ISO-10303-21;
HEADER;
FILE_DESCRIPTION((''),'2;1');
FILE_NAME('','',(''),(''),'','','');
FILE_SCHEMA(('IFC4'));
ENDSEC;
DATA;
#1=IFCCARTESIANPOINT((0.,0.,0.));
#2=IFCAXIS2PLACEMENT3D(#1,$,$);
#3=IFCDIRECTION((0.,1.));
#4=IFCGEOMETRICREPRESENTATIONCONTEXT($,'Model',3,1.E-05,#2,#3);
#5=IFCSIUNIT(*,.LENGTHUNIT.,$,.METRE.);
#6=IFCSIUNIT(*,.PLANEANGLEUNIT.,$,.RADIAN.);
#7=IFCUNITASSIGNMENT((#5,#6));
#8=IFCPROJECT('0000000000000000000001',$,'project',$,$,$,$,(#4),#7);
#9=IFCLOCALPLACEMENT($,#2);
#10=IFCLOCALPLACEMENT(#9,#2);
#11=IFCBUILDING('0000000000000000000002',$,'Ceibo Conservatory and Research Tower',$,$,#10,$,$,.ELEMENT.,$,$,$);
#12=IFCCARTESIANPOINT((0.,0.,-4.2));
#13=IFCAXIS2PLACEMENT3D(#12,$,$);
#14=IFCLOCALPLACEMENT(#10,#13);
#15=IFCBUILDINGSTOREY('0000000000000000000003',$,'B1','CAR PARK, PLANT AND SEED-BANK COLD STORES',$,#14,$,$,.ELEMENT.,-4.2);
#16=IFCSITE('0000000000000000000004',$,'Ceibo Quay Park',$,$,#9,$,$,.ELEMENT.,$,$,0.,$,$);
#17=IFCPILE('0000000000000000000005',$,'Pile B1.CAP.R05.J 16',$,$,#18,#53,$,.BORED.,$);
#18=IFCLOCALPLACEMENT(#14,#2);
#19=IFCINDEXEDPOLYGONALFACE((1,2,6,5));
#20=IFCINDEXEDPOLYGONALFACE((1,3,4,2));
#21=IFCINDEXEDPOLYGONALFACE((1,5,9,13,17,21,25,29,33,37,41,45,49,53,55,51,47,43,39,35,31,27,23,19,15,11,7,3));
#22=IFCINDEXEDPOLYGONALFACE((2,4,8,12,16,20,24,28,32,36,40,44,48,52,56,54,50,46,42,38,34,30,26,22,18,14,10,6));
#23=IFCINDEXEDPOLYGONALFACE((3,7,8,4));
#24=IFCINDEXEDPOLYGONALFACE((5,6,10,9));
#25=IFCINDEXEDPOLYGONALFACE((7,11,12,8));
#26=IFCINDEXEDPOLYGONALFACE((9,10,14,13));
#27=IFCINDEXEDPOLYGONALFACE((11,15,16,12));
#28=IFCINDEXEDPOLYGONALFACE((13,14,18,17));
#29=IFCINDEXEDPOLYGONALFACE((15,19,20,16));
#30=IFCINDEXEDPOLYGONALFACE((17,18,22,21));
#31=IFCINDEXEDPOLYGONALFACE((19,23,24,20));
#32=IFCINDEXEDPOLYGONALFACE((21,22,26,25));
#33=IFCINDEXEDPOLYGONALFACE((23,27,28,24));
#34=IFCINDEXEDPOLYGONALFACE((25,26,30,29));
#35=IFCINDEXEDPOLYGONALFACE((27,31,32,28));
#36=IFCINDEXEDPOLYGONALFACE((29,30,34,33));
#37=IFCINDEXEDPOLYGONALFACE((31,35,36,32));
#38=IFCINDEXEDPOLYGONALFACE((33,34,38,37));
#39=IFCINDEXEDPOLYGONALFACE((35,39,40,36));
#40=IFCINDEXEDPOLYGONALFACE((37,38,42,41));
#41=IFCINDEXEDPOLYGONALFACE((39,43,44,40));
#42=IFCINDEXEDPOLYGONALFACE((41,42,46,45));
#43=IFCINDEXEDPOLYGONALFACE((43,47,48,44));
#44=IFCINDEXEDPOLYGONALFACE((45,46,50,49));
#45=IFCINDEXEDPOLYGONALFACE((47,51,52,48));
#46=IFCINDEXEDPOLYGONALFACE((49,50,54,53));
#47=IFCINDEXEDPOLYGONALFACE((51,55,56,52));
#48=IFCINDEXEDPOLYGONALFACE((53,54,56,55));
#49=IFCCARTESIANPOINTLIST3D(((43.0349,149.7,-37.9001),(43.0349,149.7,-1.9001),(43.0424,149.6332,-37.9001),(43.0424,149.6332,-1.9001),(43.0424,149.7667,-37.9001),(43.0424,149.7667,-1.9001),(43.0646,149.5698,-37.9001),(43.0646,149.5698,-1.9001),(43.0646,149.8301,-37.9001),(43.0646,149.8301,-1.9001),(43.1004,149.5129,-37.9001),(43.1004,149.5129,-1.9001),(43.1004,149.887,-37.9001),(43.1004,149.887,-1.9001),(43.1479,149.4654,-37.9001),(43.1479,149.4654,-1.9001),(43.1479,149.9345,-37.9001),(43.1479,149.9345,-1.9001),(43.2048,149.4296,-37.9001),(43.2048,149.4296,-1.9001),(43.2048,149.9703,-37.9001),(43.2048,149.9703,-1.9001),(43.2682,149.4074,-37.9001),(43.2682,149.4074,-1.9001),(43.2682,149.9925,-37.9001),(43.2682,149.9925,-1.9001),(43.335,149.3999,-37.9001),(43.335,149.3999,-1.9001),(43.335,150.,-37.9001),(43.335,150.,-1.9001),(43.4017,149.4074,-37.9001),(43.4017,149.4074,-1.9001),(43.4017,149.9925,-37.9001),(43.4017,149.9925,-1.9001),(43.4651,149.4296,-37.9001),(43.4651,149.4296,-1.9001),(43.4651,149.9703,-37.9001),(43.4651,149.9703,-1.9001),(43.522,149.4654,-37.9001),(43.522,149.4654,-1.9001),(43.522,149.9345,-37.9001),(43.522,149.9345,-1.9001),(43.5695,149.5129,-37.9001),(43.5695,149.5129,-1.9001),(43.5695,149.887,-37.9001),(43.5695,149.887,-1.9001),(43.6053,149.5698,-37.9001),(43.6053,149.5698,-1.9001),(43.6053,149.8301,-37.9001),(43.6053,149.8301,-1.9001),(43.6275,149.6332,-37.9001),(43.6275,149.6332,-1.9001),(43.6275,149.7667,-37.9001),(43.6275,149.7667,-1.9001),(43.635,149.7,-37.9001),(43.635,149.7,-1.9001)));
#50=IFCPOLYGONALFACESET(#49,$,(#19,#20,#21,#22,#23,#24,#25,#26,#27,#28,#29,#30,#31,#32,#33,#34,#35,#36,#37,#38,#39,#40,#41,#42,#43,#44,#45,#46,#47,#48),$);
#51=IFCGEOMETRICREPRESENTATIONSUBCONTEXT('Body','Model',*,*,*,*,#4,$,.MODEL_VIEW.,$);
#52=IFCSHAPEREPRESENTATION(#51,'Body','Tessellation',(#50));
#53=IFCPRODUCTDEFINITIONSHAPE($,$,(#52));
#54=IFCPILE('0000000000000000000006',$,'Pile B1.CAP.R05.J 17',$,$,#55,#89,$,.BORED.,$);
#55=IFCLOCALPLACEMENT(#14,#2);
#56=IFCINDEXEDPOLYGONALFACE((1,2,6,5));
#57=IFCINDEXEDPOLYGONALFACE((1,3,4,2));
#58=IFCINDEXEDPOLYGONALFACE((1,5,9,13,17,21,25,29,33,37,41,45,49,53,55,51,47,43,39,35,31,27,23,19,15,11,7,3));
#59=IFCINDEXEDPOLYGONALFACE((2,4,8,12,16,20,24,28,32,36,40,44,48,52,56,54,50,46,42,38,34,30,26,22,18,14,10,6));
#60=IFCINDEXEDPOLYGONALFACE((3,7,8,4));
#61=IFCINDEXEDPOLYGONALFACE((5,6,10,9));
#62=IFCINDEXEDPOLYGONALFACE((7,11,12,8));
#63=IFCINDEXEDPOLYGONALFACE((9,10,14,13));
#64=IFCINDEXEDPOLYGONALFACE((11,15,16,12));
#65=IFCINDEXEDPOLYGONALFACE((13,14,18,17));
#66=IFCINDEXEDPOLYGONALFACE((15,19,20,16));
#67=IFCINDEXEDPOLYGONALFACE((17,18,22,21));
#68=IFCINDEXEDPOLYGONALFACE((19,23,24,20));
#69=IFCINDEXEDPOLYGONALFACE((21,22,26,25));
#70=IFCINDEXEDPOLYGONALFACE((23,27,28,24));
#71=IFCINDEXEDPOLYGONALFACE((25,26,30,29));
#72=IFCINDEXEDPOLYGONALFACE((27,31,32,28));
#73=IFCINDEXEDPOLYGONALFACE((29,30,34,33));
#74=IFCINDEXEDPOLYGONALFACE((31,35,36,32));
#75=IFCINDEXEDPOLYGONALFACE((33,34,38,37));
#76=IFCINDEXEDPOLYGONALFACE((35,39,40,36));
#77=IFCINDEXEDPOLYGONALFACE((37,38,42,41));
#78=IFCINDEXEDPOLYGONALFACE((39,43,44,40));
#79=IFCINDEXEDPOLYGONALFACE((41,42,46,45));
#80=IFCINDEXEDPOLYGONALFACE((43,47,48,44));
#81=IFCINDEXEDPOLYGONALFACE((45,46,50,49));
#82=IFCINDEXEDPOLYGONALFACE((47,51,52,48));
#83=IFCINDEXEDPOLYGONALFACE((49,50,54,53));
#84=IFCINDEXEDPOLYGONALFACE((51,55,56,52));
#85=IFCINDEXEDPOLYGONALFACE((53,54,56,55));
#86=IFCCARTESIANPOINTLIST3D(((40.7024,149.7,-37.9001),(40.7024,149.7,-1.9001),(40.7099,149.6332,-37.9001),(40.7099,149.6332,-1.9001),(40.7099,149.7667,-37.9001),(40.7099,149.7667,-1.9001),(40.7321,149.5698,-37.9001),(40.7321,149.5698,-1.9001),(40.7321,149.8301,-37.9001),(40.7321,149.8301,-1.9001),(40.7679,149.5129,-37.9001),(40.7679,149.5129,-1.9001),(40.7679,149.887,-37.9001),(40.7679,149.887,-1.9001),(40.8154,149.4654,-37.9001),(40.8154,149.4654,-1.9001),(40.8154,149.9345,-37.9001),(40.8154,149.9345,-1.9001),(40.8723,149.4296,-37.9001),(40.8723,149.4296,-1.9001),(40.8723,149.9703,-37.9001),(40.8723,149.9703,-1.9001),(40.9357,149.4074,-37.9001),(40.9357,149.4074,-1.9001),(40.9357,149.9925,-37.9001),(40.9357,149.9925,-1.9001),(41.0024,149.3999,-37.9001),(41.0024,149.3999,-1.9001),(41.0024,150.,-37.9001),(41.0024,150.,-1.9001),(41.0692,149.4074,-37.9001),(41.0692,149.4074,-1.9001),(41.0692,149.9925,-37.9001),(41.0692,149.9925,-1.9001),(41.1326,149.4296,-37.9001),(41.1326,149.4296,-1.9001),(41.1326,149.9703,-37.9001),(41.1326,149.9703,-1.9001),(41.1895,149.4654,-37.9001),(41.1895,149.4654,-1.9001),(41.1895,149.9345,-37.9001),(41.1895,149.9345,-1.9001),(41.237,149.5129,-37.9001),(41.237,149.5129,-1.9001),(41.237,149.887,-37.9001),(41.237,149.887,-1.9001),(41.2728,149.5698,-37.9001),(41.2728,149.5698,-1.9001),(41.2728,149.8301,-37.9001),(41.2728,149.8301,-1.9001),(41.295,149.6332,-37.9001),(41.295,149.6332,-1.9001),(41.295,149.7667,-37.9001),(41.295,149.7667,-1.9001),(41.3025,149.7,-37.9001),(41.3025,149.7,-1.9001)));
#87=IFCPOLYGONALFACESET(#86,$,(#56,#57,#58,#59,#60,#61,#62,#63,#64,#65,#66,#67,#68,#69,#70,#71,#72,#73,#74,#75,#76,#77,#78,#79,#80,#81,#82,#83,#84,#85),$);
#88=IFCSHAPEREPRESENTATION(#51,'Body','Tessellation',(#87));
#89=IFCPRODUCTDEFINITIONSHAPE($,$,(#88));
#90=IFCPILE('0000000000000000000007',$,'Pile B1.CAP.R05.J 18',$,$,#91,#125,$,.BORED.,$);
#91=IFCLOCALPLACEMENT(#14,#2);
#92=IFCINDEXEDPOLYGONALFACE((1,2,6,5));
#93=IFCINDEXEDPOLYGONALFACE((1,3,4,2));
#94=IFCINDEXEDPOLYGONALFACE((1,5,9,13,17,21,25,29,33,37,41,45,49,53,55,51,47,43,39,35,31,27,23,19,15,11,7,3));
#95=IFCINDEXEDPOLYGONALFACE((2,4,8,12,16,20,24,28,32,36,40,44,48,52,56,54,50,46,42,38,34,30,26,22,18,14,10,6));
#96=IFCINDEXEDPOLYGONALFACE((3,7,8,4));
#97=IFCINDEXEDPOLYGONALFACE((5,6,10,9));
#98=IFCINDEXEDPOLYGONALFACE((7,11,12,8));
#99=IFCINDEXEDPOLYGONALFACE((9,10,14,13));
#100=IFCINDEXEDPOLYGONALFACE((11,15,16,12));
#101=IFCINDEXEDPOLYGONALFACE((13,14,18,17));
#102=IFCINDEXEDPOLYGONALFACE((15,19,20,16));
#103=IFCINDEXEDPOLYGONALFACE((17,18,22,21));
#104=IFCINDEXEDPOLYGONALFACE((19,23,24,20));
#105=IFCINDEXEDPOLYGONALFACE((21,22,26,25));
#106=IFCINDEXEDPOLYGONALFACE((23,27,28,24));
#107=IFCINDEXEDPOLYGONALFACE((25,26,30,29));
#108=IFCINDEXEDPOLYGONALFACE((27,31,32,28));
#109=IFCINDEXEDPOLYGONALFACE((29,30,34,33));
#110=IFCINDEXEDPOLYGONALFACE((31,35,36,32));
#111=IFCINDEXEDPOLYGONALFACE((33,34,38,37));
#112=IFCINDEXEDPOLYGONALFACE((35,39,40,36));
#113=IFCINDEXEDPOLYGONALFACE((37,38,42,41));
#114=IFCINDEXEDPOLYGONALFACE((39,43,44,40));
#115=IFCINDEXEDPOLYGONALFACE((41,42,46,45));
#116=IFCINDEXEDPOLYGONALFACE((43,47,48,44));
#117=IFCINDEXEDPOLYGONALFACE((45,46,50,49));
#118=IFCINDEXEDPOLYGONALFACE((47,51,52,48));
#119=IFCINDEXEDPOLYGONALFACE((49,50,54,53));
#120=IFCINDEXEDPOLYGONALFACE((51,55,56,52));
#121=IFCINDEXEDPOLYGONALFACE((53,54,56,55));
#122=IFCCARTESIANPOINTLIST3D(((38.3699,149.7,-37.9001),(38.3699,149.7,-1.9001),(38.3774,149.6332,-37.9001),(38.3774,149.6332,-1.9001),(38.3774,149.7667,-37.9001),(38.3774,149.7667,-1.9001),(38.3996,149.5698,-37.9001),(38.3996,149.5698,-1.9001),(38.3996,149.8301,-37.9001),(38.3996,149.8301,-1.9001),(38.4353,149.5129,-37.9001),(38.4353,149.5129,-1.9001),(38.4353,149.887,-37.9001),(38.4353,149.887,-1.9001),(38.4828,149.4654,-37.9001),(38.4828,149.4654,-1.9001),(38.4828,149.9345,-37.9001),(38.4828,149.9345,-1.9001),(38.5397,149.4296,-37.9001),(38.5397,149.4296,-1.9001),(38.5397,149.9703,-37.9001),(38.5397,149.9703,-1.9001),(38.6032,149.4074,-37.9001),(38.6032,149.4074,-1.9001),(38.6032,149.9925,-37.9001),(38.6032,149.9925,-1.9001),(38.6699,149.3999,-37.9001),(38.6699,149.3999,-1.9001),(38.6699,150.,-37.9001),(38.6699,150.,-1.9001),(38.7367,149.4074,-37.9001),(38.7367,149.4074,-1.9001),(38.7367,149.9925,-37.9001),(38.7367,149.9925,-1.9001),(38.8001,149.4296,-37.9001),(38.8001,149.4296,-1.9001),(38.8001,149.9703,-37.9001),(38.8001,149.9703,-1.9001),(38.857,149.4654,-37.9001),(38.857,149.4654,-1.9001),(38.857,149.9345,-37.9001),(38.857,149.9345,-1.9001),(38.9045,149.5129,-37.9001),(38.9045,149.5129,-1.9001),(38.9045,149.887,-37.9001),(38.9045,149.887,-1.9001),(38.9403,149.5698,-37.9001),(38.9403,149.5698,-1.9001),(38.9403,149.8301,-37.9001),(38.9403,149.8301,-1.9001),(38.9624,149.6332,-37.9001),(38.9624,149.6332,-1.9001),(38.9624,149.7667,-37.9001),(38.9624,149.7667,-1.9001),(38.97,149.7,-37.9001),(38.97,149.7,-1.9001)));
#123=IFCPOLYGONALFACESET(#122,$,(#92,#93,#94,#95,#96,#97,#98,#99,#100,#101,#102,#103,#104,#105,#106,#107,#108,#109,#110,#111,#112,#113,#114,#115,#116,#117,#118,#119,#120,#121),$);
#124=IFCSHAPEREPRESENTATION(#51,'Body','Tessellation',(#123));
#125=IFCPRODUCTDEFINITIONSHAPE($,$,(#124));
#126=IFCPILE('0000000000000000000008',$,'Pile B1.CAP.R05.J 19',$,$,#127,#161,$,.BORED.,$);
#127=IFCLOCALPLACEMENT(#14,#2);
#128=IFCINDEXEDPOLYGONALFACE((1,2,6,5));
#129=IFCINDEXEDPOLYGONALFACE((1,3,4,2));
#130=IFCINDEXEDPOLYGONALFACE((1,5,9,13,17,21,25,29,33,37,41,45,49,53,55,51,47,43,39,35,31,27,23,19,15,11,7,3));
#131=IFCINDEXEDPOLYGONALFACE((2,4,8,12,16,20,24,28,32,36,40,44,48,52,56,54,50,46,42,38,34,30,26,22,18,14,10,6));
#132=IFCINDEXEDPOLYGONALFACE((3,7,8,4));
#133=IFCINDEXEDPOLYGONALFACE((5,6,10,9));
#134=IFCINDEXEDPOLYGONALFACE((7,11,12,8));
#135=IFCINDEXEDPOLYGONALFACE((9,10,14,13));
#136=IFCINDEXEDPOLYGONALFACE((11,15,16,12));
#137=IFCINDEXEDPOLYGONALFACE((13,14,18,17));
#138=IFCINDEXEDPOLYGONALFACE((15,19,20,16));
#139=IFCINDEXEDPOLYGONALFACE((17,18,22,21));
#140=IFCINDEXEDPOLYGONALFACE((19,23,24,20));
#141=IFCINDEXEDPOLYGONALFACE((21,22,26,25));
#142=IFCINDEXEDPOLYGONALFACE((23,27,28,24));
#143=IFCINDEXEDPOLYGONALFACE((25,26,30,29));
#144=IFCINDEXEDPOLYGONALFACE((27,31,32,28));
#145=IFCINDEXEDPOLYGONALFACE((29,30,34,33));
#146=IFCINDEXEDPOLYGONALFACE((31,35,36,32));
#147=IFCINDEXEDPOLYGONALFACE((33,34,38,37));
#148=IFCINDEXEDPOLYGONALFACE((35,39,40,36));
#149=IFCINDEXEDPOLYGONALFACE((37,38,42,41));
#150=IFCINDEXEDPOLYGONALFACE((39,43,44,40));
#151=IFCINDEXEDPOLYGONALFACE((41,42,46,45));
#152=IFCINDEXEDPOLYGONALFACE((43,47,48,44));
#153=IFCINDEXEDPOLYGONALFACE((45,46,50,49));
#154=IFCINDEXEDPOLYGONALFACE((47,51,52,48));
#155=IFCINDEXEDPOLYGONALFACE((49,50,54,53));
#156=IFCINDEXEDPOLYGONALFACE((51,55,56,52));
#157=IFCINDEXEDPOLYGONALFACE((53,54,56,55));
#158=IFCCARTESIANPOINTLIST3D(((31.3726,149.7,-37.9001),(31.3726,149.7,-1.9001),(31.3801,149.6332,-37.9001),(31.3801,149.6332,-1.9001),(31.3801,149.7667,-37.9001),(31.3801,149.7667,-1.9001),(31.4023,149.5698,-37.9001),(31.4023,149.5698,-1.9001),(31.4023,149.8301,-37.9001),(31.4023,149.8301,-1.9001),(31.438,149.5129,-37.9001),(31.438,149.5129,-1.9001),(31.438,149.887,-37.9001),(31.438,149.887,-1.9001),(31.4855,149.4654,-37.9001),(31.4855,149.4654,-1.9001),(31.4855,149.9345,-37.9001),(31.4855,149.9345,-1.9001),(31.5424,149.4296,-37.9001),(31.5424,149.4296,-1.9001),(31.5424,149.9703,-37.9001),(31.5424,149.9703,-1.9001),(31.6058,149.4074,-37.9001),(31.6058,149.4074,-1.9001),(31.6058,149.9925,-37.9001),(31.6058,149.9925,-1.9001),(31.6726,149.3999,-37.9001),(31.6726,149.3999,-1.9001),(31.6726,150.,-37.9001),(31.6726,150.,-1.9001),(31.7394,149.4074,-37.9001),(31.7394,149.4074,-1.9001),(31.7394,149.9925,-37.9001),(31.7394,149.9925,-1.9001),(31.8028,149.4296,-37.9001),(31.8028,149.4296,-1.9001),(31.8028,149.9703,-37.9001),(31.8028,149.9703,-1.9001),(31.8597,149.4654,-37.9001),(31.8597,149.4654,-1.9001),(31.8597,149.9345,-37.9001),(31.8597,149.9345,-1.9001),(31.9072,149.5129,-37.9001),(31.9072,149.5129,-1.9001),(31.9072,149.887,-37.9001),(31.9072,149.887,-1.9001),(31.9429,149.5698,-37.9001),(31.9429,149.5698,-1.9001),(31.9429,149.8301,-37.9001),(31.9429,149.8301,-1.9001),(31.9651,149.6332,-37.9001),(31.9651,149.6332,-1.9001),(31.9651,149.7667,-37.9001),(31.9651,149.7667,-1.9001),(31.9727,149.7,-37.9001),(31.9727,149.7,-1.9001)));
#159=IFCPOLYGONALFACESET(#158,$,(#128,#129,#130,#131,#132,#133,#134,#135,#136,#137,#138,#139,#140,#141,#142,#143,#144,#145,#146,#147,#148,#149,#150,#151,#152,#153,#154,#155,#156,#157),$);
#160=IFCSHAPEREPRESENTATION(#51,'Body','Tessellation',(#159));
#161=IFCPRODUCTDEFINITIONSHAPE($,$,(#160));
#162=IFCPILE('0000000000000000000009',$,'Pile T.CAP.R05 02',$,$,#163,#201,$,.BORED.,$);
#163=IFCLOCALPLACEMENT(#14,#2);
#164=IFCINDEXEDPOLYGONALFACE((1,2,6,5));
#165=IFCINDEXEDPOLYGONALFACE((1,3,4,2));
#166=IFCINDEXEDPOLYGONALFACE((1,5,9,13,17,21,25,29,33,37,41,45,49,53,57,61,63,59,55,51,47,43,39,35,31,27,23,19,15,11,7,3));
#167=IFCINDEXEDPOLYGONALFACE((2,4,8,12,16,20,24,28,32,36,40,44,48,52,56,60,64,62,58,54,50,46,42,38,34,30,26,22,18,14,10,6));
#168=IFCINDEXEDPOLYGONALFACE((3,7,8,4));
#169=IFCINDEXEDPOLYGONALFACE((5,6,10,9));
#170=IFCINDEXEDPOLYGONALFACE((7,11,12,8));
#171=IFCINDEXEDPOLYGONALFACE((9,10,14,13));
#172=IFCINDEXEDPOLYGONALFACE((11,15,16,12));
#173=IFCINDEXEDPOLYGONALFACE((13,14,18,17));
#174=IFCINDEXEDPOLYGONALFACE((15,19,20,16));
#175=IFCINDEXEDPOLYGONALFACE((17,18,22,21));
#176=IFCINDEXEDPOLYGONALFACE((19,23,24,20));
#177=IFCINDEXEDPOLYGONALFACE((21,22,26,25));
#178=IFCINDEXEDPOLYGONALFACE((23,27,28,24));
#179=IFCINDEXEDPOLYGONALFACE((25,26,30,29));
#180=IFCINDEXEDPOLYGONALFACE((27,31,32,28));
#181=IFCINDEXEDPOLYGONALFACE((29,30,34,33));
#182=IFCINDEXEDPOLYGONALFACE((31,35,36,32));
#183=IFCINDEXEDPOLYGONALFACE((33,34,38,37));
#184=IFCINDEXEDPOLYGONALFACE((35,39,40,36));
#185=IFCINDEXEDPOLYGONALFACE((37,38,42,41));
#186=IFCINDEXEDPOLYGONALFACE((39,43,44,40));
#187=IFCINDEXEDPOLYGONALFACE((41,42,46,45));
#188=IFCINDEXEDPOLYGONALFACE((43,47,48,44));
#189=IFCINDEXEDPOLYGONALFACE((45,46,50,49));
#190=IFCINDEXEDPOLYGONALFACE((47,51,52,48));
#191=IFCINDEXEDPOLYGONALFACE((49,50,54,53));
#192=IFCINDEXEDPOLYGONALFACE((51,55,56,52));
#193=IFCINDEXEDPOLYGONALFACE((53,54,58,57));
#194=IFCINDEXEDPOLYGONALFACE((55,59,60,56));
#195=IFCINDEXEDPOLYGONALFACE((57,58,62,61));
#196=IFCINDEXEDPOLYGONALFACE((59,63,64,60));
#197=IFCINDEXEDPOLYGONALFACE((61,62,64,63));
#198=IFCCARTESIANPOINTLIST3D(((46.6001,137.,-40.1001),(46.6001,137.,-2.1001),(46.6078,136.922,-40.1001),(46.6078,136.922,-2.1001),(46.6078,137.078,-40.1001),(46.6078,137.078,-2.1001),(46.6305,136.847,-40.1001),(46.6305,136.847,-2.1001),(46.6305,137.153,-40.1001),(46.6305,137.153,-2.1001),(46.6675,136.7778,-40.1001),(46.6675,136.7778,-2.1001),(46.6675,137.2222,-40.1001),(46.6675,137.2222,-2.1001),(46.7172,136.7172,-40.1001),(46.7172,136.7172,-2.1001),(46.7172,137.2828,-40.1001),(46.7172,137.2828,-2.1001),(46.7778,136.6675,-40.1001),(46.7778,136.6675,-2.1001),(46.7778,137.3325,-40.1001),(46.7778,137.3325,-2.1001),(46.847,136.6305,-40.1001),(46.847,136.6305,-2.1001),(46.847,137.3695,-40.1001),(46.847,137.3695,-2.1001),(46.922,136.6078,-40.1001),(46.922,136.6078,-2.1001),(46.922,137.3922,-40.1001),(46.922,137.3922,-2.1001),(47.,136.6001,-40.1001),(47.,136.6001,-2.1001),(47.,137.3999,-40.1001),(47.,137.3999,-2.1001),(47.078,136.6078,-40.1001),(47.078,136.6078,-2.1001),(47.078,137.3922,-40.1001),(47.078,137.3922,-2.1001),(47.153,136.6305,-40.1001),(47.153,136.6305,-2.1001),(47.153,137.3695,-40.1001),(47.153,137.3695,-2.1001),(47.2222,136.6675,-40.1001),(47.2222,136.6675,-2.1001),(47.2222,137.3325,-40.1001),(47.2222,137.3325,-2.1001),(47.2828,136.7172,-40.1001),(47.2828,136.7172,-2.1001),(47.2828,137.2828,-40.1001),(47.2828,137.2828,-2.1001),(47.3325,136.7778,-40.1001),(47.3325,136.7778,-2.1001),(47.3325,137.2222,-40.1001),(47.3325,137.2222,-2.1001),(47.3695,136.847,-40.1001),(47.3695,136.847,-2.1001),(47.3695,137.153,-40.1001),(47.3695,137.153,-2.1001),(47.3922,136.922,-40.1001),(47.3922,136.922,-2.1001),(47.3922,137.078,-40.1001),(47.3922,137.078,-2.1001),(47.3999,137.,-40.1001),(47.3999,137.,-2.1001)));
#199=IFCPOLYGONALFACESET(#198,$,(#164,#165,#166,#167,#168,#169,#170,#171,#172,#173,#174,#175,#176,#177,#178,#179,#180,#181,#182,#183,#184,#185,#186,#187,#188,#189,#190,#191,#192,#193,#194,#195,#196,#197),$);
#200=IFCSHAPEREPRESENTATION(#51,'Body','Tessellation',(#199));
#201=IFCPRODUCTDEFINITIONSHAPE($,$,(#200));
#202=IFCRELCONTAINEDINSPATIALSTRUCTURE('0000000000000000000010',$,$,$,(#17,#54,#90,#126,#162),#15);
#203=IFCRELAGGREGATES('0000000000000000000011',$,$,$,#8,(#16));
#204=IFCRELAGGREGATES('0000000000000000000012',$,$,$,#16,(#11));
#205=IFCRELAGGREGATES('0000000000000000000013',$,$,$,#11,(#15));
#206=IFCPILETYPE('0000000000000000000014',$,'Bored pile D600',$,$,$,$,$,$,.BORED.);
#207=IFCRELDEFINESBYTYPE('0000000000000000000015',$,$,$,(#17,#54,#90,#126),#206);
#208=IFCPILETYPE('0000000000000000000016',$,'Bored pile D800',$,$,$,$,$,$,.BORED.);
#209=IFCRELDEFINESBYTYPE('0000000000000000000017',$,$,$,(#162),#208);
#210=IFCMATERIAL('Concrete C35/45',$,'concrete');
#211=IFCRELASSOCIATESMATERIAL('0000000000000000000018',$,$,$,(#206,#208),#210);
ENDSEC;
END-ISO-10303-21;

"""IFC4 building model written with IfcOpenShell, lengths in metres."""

from ifc_helpers import new_model, si_unit, direction, frame, origin, origin_2d, place, context, subcontext, project, spatial, circle, extrude, material, material_profile, profile_set, type_object, element, save


model = new_model("IFC4")

# Units and contexts
model_context = context("Model", 3, precision=1e-05, world=origin(), true_north=direction((0.0, 1.0)))
body_context = subcontext(model_context, "Body", "Model", "MODEL_VIEW")
ifc_project = project(units=[si_unit("LENGTHUNIT", "METRE"), si_unit("PLANEANGLEUNIT", "RADIAN")], contexts=[model_context])

# Site, building, storey
site_placement = place(None, origin())
site = spatial("IfcSite", under=ifc_project, at=site_placement, Name="Ceibo Quay Park", CompositionType="ELEMENT", RefElevation=0.0)
building_placement = place(site_placement, origin())
building = spatial("IfcBuilding", under=site, at=building_placement, Name="Ceibo Conservatory and Research Tower", CompositionType="ELEMENT")
storey_placement = place(building_placement, frame((0.0, 0.0, -4.2)))
storey = spatial("IfcBuildingStorey", under=building, at=storey_placement, Name="B1", Description="CAR PARK, PLANT AND SEED-BANK COLD STORES", CompositionType="ELEMENT", Elevation=-4.2)

# Piles
ifc_material_1 = material(Name="Concrete C35/45", Category="concrete")
ifc_material_profile_1 = material_profile(ifc_material_1, circle(Radius=0.3, at=origin_2d()), Name="RC D600")
ifc_profile_set_1 = profile_set([ifc_material_profile_1], Name="Concrete C35/45")
pile_type_1 = type_object("IfcPileType", Name="Bored pile D600", PredefinedType="BORED", material=ifc_profile_set_1)
for number, where, z_axis, x_axis, name in (
    (1, (43.335, 149.7, -1.9001), (0.0, 0.0, -1.0), (1.0, 0.0, 0.0), "Pile B1.CAP.R05.J 16"),
    (2, (41.0024, 149.7, -1.9001), (0.0, 0.0, -1.0), (1.0, 0.0, 0.0), "Pile B1.CAP.R05.J 17"),
    (3, (38.6699, 149.7, -1.9001), (0.0, 0.0, -1.0), (1.0, 0.0, 0.0), "Pile B1.CAP.R05.J 18"),
    (4, (31.6726, 149.7, -1.9001), (0.0, 0.0, -1.0), (1.0, 0.0, 0.0), "Pile B1.CAP.R05.J 19"),
):
    element("IfcPile", number, at=place(storey_placement, frame(where, z_axis=z_axis, x_axis=x_axis)), inside=storey, type_object=pile_type_1, Name=name, PredefinedType="BORED", context=body_context, shape_type="SweptSolid", body=[
        extrude(circle(Radius=0.3, at=origin_2d()), origin(), (0.0, 0.0, 1.0), 36.0),
    ])
ifc_material_profile_2 = material_profile(ifc_material_1, circle(Radius=0.3999, at=origin_2d()), Name="RC D800")
ifc_profile_set_2 = profile_set([ifc_material_profile_2], Name="Concrete C35/45")
pile_type_2 = type_object("IfcPileType", Name="Bored pile D800", PredefinedType="BORED", material=ifc_profile_set_2)
for number, where, z_axis, x_axis, name in (
    (5, (47.0, 137.0, -2.1001), (0.0, 0.0, -1.0), (1.0, 0.0, 0.0), "Pile T.CAP.R05 02"),
):
    element("IfcPile", number, at=place(storey_placement, frame(where, z_axis=z_axis, x_axis=x_axis)), inside=storey, type_object=pile_type_2, Name=name, PredefinedType="BORED", context=body_context, shape_type="SweptSolid", body=[
        extrude(circle(Radius=0.3999, at=origin_2d()), origin(), (0.0, 0.0, 1.0), 38.0),
    ])

save(model, "model.ifc")
